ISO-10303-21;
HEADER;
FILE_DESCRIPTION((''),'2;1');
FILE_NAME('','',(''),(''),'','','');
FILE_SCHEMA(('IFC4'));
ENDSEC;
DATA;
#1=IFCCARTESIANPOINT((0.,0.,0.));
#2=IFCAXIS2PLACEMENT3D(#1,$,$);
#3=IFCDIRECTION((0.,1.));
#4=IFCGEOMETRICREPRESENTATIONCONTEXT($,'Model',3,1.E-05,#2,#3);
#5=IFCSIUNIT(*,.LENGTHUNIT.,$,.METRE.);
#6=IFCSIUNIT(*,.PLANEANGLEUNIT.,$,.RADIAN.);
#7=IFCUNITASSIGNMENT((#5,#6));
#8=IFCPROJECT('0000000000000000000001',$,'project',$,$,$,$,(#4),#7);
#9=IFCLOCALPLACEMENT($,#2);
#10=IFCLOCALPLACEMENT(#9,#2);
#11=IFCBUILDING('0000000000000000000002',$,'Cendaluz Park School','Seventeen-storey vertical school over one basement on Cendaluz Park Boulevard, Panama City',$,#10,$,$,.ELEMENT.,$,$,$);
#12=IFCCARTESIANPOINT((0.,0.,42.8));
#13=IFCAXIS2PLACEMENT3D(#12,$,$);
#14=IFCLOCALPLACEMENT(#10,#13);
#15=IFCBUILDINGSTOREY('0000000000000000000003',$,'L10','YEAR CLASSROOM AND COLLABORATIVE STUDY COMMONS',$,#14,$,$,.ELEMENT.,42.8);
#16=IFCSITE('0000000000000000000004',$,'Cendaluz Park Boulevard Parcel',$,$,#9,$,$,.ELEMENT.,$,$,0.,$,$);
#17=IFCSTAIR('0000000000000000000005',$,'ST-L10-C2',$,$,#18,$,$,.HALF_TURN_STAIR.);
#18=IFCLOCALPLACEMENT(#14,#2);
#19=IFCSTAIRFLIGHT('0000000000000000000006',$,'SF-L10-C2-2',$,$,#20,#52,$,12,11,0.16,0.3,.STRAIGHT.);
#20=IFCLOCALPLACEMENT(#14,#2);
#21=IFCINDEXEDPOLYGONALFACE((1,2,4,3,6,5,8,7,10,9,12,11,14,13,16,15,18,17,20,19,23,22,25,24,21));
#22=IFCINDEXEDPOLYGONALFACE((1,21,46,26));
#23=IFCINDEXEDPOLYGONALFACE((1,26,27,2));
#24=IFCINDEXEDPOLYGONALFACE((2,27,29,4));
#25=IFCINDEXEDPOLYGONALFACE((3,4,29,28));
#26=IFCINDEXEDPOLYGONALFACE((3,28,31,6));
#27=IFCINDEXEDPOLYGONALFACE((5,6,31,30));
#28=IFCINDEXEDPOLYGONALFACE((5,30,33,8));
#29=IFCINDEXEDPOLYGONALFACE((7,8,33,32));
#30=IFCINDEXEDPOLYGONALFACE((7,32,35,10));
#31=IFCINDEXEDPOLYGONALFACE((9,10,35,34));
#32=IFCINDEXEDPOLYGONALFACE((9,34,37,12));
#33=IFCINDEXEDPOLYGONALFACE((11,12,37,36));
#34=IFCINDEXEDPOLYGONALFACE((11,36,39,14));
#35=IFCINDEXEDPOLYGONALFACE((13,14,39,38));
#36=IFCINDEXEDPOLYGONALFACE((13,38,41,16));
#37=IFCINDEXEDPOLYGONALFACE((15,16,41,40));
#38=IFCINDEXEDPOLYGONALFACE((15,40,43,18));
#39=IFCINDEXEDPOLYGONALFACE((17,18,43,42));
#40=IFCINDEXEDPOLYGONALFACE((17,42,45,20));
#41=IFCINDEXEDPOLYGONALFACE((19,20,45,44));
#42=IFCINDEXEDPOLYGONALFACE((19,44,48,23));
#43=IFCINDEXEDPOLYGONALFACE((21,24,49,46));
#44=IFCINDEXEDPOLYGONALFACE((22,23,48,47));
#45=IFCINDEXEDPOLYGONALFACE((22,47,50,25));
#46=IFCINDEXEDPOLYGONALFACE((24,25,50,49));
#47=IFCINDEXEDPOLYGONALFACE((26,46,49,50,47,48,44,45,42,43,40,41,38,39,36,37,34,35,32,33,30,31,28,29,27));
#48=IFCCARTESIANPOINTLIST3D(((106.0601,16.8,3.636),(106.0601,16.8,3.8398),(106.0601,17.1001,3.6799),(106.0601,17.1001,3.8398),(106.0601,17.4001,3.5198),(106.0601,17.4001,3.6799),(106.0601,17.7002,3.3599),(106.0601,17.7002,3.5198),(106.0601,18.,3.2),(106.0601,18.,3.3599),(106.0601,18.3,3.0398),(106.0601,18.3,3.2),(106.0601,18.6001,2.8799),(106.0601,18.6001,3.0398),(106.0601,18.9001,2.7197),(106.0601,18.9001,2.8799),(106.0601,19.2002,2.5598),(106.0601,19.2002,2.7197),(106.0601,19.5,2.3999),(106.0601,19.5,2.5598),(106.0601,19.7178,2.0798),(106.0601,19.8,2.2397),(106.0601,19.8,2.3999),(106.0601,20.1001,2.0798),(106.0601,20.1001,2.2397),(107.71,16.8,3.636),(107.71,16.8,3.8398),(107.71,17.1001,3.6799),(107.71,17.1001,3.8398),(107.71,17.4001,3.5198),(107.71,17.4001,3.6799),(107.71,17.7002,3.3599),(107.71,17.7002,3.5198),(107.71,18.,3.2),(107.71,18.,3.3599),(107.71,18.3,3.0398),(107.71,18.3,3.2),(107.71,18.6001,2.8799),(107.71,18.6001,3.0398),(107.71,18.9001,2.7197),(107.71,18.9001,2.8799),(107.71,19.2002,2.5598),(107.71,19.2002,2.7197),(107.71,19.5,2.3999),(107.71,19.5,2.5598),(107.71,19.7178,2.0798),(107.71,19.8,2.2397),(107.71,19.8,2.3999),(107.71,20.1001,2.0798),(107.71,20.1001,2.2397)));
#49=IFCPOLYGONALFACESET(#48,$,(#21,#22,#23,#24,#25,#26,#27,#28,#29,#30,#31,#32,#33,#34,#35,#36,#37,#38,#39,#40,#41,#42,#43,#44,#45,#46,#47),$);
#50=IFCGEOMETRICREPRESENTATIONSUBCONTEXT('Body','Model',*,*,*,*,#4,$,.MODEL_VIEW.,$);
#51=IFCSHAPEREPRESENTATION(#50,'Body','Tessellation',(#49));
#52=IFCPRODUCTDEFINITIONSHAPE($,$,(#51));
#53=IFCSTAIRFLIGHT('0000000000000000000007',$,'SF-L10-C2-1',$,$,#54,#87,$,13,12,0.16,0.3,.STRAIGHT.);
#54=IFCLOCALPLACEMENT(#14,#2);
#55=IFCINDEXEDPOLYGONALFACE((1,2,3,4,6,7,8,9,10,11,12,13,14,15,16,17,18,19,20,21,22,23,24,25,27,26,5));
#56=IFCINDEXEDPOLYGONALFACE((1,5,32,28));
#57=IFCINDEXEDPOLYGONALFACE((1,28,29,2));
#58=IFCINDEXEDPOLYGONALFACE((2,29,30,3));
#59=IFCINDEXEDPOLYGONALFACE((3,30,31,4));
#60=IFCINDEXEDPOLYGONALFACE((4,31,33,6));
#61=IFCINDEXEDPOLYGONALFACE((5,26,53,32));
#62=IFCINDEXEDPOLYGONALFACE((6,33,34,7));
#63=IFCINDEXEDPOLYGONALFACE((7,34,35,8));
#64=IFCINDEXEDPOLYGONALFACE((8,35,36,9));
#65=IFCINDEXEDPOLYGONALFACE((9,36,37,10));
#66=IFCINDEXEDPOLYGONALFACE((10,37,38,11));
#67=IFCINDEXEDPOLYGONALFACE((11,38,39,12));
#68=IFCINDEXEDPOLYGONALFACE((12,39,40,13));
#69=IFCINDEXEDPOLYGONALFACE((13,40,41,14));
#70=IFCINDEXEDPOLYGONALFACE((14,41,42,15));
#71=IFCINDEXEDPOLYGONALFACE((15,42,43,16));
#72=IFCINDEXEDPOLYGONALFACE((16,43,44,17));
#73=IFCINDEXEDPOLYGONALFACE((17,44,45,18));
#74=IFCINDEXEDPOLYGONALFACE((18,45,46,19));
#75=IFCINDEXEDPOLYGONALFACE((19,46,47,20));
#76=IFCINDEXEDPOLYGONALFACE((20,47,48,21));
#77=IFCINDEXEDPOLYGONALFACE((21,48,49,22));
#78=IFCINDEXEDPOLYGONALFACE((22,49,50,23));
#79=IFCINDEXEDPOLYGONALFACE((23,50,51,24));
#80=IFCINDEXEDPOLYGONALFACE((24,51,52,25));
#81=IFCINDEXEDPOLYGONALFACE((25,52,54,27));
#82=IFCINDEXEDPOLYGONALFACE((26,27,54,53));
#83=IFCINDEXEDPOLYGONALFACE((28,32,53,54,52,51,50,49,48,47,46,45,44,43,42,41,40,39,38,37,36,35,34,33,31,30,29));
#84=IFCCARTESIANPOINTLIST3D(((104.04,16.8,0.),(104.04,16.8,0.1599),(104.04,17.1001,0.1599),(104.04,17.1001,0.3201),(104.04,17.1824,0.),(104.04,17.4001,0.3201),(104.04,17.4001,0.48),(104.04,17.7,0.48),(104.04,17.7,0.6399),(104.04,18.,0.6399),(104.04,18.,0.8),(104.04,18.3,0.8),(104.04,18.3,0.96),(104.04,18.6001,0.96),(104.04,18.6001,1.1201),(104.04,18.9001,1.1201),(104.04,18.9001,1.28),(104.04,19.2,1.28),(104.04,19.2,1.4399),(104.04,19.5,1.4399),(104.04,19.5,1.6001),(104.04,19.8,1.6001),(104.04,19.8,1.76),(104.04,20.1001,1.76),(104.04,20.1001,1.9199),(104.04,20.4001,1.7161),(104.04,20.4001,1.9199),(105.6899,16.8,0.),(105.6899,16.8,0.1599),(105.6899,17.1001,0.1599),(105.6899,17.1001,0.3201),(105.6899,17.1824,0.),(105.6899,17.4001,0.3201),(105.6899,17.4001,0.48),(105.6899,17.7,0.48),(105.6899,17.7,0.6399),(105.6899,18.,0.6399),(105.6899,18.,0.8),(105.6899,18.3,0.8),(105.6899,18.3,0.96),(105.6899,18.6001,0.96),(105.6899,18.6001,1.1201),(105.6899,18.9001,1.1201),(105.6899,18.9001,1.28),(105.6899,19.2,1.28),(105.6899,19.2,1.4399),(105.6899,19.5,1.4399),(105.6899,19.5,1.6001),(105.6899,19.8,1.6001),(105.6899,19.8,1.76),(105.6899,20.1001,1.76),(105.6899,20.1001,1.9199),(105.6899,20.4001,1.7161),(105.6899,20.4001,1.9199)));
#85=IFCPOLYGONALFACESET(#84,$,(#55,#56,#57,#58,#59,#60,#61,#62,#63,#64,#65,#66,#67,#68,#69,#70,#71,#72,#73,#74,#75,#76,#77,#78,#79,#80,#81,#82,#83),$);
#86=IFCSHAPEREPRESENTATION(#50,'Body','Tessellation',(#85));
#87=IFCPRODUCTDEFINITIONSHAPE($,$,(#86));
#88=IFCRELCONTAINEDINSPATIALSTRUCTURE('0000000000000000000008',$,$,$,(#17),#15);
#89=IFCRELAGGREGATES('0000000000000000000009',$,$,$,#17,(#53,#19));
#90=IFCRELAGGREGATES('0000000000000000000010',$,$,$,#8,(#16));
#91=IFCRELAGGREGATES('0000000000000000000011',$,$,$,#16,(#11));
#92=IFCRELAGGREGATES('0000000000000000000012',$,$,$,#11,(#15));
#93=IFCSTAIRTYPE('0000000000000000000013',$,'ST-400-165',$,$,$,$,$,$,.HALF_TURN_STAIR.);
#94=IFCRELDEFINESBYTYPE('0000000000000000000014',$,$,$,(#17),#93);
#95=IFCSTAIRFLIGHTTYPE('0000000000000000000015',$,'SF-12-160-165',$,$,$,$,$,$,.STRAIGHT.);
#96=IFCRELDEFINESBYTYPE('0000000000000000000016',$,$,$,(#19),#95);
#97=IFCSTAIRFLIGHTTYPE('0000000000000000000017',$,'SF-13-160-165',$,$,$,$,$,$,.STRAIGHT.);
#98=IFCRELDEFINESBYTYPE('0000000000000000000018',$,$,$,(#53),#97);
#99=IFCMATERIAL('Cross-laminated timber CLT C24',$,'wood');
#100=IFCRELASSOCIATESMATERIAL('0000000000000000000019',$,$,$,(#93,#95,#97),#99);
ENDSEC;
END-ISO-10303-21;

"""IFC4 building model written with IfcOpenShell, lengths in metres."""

from ifc_helpers import new_model, si_unit, direction, frame, origin, place, context, subcontext, project, spatial, polyline, outline, extrude, material, type_object, element, aggregate, save


model = new_model("IFC4")

# Units and contexts
model_context = context("Model", 3, precision=1e-05, world=origin(), true_north=direction((0.0, 1.0)))
body_context = subcontext(model_context, "Body", "Model", "MODEL_VIEW")
ifc_project = project(units=[si_unit("LENGTHUNIT", "METRE"), si_unit("PLANEANGLEUNIT", "RADIAN")], contexts=[model_context])

# Site, building, storey
site_placement = place(None, origin())
site = spatial("IfcSite", under=ifc_project, at=site_placement, Name="Cendaluz Park Boulevard Parcel", CompositionType="ELEMENT", RefElevation=0.0)
building_placement = place(site_placement, origin())
building = spatial("IfcBuilding", under=site, at=building_placement, Name="Cendaluz Park School", Description="Seventeen-storey vertical school over one basement on Cendaluz Park Boulevard, Panama City", CompositionType="ELEMENT")
storey_placement = place(building_placement, frame((0.0, 0.0, 42.8)))
storey = spatial("IfcBuildingStorey", under=building, at=storey_placement, Name="L10", Description="YEAR CLASSROOM AND COLLABORATIVE STUDY COMMONS", CompositionType="ELEMENT", Elevation=42.8)

# Shared definitions
ifc_material_1 = material(Name="Cross-laminated timber CLT C24", Category="wood")

# Stair, stair flights
stair_type = type_object("IfcStairType", Name="ST-400-165", PredefinedType="HALF_TURN_STAIR", material=ifc_material_1)
stair_placement = place(storey_placement, origin())
stair = element("IfcStair", 1, at=stair_placement, inside=storey, type_object=stair_type, Name="ST-L10-C2", PredefinedType="HALF_TURN_STAIR")
stair_flight_type_1 = type_object("IfcStairFlightType", Name="SF-12-160-165", PredefinedType="STRAIGHT", material=ifc_material_1)
stair_flight_1_placement = place(storey_placement, frame((106.885, 20.1001, 2.0798), z_axis=(0.0, 0.0, 1.0), x_axis=(0.0, -1.0, 0.0)))
stair_flight_1 = element("IfcStairFlight", 2, at=stair_flight_1_placement, type_object=stair_flight_type_1, Name="SF-L10-C2-2", NumberOfRisers=12, NumberOfTreads=11, PredefinedType="STRAIGHT", RiserHeight=0.16, TreadLength=0.3, context=body_context, shape_type="SweptSolid", body=[
    extrude(outline(polyline([(0.0, 0.0), (0.0, 0.1599), (0.3, 0.1599), (0.3, 0.3201), (0.6001, 0.3201), (0.6001, 0.48), (0.8999, 0.48), (0.8999, 0.6399), (1.2, 0.6399), (1.2, 0.8), (1.5, 0.8), (1.5, 0.96), (1.8, 0.96), (1.8, 1.1201), (2.1001, 1.1201), (2.1001, 1.28), (2.3999, 1.28), (2.3999, 1.4399), (2.7, 1.4399), (2.7, 1.6001), (3.0, 1.6001), (3.0, 1.76), (3.3, 1.76), (3.3, 1.9199), (3.3, 1.5562), (0.3823, 0.0), (0.0, 0.0)])), frame((0.0, 0.825, 0.0), z_axis=(0.0, -1.0, 0.0), x_axis=(1.0, 0.0, 0.0)), (0.0, 0.0, 1.0), 1.6499),
])
stair_flight_type_2 = type_object("IfcStairFlightType", Name="SF-13-160-165", PredefinedType="STRAIGHT", material=ifc_material_1)
stair_flight_2_placement = place(storey_placement, frame((104.865, 16.8, 0.0), z_axis=(0.0, 0.0, 1.0), x_axis=(0.0, 1.0, 0.0)))
stair_flight_2 = element("IfcStairFlight", 3, at=stair_flight_2_placement, type_object=stair_flight_type_2, Name="SF-L10-C2-1", NumberOfRisers=13, NumberOfTreads=12, PredefinedType="STRAIGHT", RiserHeight=0.16, TreadLength=0.3, context=body_context, shape_type="SweptSolid", body=[
    extrude(outline(polyline([(0.0, 0.0), (0.0, 0.1599), (0.3, 0.1599), (0.3, 0.3201), (0.6001, 0.3201), (0.6001, 0.48), (0.8999, 0.48), (0.8999, 0.6399), (1.2, 0.6399), (1.2, 0.8), (1.5, 0.8), (1.5, 0.96), (1.8, 0.96), (1.8, 1.1201), (2.1001, 1.1201), (2.1001, 1.28), (2.3999, 1.28), (2.3999, 1.4399), (2.7, 1.4399), (2.7, 1.6001), (3.0, 1.6001), (3.0, 1.76), (3.3, 1.76), (3.3, 1.9199), (3.6001, 1.9199), (3.6001, 2.0801), (3.6001, 1.7161), (0.3823, 0.0), (0.0, 0.0)])), frame((0.0, 0.825, 0.0), z_axis=(0.0, -1.0, 0.0), x_axis=(1.0, 0.0, 0.0)), (0.0, 0.0, 1.0), 1.6499),
])
aggregate(stair, [stair_flight_2, stair_flight_1])

save(model, "model.ifc")
